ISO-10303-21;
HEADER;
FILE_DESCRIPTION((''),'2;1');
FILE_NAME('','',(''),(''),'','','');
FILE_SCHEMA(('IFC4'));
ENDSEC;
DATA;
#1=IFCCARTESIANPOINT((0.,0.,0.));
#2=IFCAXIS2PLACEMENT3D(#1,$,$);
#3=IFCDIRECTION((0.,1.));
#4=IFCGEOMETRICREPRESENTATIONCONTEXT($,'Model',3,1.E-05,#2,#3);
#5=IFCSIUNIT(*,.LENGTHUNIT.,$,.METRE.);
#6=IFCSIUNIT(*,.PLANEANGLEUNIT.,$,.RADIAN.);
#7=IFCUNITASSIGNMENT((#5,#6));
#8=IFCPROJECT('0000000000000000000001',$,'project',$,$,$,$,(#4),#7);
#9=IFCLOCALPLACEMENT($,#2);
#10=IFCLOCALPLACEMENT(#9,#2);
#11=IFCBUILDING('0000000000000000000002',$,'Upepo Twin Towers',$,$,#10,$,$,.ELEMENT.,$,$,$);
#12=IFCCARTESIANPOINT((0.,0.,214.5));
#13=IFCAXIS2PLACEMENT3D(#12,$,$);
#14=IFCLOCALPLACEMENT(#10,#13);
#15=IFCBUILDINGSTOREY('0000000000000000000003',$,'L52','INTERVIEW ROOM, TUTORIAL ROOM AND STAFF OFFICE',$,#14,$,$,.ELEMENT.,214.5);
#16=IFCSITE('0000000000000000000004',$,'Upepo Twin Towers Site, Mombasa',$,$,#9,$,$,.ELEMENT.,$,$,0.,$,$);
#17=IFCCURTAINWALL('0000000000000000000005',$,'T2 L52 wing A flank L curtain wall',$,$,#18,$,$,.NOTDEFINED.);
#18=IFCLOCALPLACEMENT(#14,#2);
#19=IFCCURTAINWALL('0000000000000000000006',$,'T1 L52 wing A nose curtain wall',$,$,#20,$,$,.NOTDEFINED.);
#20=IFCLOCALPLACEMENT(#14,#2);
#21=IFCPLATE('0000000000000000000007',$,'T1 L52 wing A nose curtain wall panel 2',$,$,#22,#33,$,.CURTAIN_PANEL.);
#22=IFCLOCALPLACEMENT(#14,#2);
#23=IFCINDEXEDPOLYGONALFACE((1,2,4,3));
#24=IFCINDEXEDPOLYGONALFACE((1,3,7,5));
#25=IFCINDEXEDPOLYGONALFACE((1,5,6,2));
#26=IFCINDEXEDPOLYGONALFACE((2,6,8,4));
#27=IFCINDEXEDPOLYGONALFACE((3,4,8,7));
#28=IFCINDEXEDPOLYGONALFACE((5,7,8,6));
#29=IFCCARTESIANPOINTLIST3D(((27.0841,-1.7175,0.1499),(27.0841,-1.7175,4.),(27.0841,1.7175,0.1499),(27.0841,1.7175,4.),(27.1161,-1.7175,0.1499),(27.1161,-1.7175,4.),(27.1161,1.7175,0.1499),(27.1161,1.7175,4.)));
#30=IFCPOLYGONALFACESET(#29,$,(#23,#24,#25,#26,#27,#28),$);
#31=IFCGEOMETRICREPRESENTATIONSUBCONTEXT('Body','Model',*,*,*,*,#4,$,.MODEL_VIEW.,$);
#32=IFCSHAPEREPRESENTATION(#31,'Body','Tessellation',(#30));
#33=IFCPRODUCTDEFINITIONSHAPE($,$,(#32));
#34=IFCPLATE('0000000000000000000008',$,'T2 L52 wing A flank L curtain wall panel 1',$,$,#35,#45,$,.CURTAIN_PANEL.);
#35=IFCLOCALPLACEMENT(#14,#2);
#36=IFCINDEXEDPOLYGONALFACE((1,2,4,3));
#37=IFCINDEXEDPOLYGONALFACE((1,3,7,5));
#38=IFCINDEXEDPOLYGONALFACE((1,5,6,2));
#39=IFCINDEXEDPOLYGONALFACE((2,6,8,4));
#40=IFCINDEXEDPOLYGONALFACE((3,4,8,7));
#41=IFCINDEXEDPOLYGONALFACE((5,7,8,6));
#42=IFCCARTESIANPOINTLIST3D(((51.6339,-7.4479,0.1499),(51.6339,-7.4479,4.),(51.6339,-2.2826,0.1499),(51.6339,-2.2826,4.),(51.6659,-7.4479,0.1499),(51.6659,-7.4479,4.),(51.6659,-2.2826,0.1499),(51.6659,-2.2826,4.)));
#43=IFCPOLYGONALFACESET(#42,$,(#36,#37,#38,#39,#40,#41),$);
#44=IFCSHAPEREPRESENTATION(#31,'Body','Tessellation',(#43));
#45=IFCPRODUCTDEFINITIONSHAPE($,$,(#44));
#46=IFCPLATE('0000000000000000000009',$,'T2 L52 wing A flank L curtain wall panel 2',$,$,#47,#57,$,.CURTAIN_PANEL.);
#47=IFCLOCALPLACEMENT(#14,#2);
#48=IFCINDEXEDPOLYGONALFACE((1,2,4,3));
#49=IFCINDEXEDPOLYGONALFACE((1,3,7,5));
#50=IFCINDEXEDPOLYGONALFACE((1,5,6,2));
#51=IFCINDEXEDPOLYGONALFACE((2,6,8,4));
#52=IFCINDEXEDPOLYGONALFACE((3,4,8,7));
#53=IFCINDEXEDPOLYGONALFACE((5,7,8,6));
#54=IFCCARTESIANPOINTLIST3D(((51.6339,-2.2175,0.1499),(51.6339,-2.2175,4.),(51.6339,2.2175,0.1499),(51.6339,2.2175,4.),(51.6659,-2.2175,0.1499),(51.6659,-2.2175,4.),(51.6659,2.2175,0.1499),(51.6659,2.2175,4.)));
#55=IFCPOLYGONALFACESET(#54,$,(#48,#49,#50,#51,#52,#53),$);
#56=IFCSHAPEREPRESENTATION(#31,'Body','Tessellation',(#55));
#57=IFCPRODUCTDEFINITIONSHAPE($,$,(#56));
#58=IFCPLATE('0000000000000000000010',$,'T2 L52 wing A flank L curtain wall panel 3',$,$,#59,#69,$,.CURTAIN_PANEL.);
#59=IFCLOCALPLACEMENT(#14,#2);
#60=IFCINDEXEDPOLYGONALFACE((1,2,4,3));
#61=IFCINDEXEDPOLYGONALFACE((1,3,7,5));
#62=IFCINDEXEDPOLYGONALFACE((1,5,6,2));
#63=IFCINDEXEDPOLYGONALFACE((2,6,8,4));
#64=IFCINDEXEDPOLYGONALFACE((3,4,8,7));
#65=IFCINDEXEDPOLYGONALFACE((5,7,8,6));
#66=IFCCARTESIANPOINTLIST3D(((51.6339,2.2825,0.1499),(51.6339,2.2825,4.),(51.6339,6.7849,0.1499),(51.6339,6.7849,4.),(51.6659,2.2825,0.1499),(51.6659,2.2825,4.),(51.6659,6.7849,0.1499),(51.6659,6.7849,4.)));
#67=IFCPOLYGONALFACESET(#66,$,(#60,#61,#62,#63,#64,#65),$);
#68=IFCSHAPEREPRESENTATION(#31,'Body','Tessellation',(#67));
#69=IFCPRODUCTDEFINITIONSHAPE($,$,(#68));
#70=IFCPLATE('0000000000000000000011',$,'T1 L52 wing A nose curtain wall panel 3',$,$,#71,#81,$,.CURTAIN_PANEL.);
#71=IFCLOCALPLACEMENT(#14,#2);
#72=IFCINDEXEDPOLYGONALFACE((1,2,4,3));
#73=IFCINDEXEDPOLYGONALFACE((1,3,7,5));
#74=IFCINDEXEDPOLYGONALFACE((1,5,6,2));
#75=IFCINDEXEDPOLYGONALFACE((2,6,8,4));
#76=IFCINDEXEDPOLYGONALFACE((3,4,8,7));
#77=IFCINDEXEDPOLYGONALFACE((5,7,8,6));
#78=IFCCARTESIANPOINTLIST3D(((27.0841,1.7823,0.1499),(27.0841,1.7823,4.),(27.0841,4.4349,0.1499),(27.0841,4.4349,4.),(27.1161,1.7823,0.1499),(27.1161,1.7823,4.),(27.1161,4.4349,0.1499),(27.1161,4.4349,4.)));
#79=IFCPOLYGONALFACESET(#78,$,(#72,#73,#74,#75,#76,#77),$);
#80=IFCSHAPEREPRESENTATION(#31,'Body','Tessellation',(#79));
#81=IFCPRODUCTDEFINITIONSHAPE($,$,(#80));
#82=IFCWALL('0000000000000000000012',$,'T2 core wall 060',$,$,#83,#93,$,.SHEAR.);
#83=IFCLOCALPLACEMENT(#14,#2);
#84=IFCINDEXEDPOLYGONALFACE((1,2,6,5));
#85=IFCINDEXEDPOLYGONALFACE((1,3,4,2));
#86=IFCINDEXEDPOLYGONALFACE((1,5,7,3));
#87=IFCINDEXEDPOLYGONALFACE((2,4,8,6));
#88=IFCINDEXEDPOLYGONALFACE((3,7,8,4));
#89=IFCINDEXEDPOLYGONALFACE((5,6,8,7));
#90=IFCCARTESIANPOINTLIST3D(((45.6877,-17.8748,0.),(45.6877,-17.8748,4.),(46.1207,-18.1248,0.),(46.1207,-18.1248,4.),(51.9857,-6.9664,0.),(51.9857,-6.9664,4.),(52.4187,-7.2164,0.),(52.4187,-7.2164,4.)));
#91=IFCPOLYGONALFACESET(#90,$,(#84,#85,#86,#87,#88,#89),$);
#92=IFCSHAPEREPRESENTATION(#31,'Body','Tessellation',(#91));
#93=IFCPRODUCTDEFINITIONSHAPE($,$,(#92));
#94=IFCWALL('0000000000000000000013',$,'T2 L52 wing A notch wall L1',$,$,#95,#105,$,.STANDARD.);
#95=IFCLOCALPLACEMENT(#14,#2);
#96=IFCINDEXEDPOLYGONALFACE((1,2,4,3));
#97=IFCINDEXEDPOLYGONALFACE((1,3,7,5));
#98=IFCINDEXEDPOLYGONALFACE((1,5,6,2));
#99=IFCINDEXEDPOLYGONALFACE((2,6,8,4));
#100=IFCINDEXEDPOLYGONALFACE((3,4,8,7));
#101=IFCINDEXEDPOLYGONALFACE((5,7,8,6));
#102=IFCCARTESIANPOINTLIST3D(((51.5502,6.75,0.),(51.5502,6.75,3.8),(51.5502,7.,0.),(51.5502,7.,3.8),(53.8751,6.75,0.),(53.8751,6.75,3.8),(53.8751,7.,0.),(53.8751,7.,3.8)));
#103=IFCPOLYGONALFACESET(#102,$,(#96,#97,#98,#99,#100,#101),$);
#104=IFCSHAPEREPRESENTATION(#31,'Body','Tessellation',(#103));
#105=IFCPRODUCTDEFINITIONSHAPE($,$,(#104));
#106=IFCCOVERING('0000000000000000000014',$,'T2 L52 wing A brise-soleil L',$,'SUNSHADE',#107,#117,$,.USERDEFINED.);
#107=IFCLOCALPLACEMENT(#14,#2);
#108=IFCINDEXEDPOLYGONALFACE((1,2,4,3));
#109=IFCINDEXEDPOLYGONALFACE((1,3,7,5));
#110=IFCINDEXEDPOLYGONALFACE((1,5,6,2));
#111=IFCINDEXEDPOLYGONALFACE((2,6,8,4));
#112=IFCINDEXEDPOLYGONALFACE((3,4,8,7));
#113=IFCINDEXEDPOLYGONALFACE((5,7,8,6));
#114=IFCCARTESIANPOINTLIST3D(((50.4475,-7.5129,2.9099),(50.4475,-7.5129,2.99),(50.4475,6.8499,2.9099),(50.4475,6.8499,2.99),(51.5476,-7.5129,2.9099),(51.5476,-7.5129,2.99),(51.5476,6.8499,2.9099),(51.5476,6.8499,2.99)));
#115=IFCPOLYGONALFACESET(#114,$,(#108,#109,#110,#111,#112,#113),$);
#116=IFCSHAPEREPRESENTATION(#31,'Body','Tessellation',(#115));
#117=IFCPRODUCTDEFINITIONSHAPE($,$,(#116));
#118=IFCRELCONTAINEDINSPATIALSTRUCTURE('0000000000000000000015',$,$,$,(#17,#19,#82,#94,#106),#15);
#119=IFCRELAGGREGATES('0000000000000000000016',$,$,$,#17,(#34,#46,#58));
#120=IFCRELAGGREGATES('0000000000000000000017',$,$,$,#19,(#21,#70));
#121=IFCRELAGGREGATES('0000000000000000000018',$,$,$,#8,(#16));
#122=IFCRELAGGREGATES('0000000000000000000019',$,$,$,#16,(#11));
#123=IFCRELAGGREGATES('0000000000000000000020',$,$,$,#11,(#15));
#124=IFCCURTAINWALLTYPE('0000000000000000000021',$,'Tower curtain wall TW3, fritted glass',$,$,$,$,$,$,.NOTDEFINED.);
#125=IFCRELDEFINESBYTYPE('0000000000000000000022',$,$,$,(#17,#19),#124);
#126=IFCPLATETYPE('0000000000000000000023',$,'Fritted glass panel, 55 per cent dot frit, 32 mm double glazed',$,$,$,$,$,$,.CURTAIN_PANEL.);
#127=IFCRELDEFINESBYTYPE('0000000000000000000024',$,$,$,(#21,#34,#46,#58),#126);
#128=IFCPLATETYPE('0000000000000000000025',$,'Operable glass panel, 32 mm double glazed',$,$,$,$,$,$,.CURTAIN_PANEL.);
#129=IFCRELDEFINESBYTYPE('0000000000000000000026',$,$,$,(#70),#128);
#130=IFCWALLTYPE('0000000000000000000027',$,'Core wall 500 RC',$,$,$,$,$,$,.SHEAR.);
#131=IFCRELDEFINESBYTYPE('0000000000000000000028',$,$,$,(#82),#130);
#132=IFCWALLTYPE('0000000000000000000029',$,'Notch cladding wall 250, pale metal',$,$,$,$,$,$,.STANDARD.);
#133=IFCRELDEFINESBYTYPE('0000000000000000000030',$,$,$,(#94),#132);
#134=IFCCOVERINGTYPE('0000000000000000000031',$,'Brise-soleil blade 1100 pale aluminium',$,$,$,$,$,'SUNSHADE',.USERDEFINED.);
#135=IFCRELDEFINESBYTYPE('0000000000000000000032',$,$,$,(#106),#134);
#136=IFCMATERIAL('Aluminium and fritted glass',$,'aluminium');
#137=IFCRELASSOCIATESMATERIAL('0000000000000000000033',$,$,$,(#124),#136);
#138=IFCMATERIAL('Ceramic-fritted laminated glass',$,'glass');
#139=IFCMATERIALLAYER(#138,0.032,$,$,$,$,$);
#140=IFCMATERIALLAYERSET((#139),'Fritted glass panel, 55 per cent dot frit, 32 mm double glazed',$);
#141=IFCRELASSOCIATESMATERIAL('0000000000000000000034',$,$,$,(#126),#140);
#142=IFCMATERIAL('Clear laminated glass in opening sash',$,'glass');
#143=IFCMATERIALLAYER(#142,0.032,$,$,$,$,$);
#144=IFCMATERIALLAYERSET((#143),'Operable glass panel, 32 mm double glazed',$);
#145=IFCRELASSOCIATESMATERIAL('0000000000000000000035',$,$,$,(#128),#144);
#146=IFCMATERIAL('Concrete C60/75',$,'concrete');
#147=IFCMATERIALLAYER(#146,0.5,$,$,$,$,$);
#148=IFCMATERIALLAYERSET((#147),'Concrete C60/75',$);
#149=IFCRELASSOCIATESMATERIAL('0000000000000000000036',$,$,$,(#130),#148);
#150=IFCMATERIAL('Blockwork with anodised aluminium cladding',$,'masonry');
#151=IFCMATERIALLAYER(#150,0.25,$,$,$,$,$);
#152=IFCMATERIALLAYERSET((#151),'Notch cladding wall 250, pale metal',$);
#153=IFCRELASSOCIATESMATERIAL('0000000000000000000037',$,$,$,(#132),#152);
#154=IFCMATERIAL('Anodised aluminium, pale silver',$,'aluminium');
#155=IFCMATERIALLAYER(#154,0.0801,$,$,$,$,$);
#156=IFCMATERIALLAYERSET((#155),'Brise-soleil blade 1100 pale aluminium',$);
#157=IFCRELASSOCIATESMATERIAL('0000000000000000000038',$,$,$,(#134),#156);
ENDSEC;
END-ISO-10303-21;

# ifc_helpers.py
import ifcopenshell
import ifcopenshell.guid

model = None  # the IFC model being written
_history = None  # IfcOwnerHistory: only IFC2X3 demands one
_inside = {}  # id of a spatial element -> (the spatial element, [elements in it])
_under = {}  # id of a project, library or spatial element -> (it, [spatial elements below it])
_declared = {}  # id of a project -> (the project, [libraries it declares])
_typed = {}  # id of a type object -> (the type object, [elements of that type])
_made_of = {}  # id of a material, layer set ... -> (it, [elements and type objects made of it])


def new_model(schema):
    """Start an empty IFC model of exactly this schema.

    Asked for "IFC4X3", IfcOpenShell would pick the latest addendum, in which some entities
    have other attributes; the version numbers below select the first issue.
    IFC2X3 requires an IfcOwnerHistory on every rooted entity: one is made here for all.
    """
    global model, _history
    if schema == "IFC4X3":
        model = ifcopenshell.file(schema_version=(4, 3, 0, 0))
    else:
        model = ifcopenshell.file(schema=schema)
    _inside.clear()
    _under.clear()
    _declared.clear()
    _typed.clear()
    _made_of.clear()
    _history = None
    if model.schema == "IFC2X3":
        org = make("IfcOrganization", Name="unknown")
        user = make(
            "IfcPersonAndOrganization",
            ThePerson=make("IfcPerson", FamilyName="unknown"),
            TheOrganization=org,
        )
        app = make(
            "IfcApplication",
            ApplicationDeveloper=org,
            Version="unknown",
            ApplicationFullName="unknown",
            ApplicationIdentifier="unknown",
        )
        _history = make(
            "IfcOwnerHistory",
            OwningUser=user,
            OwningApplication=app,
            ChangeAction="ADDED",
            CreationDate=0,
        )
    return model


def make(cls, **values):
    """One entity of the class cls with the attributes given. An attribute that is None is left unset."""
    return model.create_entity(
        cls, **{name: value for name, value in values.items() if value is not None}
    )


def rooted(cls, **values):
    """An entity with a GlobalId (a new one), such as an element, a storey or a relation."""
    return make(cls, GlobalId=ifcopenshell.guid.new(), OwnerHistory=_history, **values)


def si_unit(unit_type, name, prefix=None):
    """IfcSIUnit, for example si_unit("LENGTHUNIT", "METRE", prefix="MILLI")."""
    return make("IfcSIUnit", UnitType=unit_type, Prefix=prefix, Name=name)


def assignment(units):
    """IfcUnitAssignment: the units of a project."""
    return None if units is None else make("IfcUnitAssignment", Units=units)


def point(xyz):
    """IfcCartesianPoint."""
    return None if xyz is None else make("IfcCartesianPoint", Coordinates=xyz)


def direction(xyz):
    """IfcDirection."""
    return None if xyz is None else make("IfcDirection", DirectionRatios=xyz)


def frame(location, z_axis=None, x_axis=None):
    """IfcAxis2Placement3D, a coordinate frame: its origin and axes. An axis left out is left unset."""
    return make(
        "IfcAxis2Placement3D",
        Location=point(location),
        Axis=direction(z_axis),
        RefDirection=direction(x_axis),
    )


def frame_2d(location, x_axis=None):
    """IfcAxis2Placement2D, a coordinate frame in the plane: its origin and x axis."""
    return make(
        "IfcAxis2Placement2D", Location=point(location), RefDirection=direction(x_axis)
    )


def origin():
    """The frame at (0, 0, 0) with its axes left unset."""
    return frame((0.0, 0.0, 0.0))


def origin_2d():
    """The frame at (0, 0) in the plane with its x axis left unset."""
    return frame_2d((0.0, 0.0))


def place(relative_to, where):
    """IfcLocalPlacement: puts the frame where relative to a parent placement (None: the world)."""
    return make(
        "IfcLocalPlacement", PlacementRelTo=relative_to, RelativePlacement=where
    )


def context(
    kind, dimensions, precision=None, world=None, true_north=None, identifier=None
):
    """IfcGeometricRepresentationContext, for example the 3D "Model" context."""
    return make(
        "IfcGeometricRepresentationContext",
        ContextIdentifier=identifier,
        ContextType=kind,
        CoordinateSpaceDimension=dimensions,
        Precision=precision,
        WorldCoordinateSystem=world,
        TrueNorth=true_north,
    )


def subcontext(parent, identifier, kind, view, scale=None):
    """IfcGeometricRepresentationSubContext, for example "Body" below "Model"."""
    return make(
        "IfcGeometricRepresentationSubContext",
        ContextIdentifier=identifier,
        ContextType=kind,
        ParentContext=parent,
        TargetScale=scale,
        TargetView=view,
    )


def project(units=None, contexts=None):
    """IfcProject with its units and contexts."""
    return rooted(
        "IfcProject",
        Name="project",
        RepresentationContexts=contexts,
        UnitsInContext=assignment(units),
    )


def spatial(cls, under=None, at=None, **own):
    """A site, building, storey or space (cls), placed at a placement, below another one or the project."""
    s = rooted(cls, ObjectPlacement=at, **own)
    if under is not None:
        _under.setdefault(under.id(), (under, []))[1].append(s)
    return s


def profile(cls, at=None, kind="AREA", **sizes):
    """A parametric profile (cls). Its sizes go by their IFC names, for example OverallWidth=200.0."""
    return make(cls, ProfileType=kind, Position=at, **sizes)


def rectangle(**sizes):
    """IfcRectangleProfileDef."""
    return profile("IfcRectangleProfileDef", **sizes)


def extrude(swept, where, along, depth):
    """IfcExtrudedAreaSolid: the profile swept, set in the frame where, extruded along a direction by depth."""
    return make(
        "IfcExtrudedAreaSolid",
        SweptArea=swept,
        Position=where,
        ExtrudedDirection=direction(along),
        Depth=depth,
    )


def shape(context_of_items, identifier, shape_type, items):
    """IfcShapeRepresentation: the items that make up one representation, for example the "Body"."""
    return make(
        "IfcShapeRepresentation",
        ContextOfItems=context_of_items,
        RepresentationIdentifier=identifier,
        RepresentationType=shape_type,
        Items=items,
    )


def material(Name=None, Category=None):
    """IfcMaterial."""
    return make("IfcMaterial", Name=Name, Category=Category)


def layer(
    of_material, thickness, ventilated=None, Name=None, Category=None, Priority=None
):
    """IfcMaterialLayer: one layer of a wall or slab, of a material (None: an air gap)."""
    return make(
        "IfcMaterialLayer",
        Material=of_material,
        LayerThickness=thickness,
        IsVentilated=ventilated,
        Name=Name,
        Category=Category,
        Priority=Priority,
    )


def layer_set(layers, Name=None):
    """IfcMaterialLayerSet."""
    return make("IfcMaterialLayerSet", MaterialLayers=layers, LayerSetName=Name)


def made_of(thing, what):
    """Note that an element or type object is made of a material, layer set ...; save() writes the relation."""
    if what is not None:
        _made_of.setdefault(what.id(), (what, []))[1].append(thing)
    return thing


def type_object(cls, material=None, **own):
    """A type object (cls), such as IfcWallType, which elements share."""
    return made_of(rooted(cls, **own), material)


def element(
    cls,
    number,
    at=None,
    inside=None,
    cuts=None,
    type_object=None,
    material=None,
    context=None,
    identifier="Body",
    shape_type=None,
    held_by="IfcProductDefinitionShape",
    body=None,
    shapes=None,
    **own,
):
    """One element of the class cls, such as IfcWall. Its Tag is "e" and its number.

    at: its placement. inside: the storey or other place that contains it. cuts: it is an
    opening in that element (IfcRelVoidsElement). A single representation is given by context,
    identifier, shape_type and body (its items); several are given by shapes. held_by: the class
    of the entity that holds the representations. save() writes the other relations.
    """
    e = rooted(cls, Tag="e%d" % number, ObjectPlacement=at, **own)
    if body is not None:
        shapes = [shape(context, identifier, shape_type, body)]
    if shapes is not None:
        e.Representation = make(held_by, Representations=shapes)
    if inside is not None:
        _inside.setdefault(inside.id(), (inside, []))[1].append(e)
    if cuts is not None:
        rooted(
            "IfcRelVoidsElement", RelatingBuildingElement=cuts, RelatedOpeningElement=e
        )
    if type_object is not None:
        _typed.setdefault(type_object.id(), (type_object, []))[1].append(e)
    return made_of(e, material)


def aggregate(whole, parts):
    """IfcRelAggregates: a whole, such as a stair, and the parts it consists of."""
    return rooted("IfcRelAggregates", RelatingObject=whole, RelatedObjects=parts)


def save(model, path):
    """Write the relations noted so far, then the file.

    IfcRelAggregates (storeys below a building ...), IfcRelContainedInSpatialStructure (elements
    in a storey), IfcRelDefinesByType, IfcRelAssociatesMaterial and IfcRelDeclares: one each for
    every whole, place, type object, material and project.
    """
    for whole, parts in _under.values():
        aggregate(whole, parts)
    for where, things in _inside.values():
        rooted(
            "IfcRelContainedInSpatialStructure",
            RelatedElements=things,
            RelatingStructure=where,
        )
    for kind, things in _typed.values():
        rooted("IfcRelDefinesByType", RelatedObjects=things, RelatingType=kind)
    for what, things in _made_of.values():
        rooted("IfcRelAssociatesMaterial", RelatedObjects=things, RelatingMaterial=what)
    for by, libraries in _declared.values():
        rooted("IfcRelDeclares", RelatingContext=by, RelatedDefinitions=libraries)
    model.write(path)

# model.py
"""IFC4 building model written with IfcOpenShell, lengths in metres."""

from ifc_helpers import new_model, si_unit, direction, frame, frame_2d, origin, origin_2d, place, context, subcontext, project, spatial, rectangle, extrude, material, layer, layer_set, type_object, element, aggregate, save


model = new_model("IFC4")

# Units and contexts
model_context = context("Model", 3, precision=1e-05, world=origin(), true_north=direction((0.0, 1.0)))
body_context = subcontext(model_context, "Body", "Model", "MODEL_VIEW")
ifc_project = project(units=[si_unit("LENGTHUNIT", "METRE"), si_unit("PLANEANGLEUNIT", "RADIAN")], contexts=[model_context])

# Site, building, storey
site_placement = place(None, origin())
site = spatial("IfcSite", under=ifc_project, at=site_placement, Name="Upepo Twin Towers Site, Mombasa", CompositionType="ELEMENT", RefElevation=0.0)
building_placement = place(site_placement, origin())
building = spatial("IfcBuilding", under=site, at=building_placement, Name="Upepo Twin Towers", CompositionType="ELEMENT")
storey_placement = place(building_placement, frame((0.0, 0.0, 214.5)))
storey = spatial("IfcBuildingStorey", under=building, at=storey_placement, Name="L52", Description="INTERVIEW ROOM, TUTORIAL ROOM AND STAFF OFFICE", CompositionType="ELEMENT", Elevation=214.5)

# Curtain wall
ifc_material_1 = material(Name="Aluminium and fritted glass", Category="aluminium")
curtain_wall_type = type_object("IfcCurtainWallType", Name="Tower curtain wall TW3, fritted glass", PredefinedType="NOTDEFINED", material=ifc_material_1)
curtain_wall_1_placement = place(storey_placement, origin())
curtain_wall_1 = element("IfcCurtainWall", 1, at=curtain_wall_1_placement, inside=storey, type_object=curtain_wall_type, Name="T2 L52 wing A flank L curtain wall", PredefinedType="NOTDEFINED")

# Curtain wall
curtain_wall_2_placement = place(storey_placement, origin())
curtain_wall_2 = element("IfcCurtainWall", 2, at=curtain_wall_2_placement, inside=storey, type_object=curtain_wall_type, Name="T1 L52 wing A nose curtain wall", PredefinedType="NOTDEFINED")

# Plates
ifc_material_2 = material(Name="Ceramic-fritted laminated glass", Category="glass")
ifc_layer_1 = layer(ifc_material_2, 0.032)
ifc_layer_set_1 = layer_set([ifc_layer_1], Name="Fritted glass panel, 55 per cent dot frit, 32 mm double glazed")
plate_type_1 = type_object("IfcPlateType", Name="Fritted glass panel, 55 per cent dot frit, 32 mm double glazed", PredefinedType="CURTAIN_PANEL", material=ifc_layer_set_1)
plate_1_placement = place(storey_placement, frame((27.1001, 0.0, 0.1499), z_axis=(0.0, 0.0, 1.0), x_axis=(0.0, 1.0, 0.0)))
plate_1 = element("IfcPlate", 3, at=plate_1_placement, type_object=plate_type_1, Name="T1 L52 wing A nose curtain wall panel 2", PredefinedType="CURTAIN_PANEL", context=body_context, shape_type="SweptSolid", body=[
    extrude(rectangle(XDim=3.4351, YDim=0.032, at=origin_2d()), origin(), (0.0, 0.0, 1.0), 3.8501),
])
plate_2_placement = place(storey_placement, frame((51.6499, -4.8652, 0.1499), z_axis=(0.0, 0.0, 1.0), x_axis=(0.0, 1.0, 0.0)))
plate_2 = element("IfcPlate", 4, at=plate_2_placement, type_object=plate_type_1, Name="T2 L52 wing A flank L curtain wall panel 1", PredefinedType="CURTAIN_PANEL", context=body_context, shape_type="SweptSolid", body=[
    extrude(rectangle(XDim=5.1653, YDim=0.032, at=origin_2d()), origin(), (0.0, 0.0, 1.0), 3.8501),
])
plate_3_placement = place(storey_placement, frame((51.6499, 0.0, 0.1499), z_axis=(0.0, 0.0, 1.0), x_axis=(0.0, 1.0, 0.0)))
plate_3 = element("IfcPlate", 5, at=plate_3_placement, type_object=plate_type_1, Name="T2 L52 wing A flank L curtain wall panel 2", PredefinedType="CURTAIN_PANEL", context=body_context, shape_type="SweptSolid", body=[
    extrude(rectangle(XDim=4.4351, YDim=0.032, at=origin_2d()), origin(), (0.0, 0.0, 1.0), 3.8501),
])
plate_4_placement = place(storey_placement, frame((51.6499, 4.5337, 0.1499), z_axis=(0.0, 0.0, 1.0), x_axis=(0.0, 1.0, 0.0)))
plate_4 = element("IfcPlate", 6, at=plate_4_placement, type_object=plate_type_1, Name="T2 L52 wing A flank L curtain wall panel 3", PredefinedType="CURTAIN_PANEL", context=body_context, shape_type="SweptSolid", body=[
    extrude(rectangle(XDim=4.5024, YDim=0.032, at=origin_2d()), origin(), (0.0, 0.0, 1.0), 3.8501),
])
aggregate(curtain_wall_1, [plate_2, plate_3, plate_4])
ifc_material_3 = material(Name="Clear laminated glass in opening sash", Category="glass")
ifc_layer_2 = layer(ifc_material_3, 0.032)
ifc_layer_set_2 = layer_set([ifc_layer_2], Name="Operable glass panel, 32 mm double glazed")
plate_type_2 = type_object("IfcPlateType", Name="Operable glass panel, 32 mm double glazed", PredefinedType="CURTAIN_PANEL", material=ifc_layer_set_2)
plate_5_placement = place(storey_placement, frame((27.1001, 3.1086, 0.1499), z_axis=(0.0, 0.0, 1.0), x_axis=(0.0, 1.0, 0.0)))
plate_5 = element("IfcPlate", 7, at=plate_5_placement, type_object=plate_type_2, Name="T1 L52 wing A nose curtain wall panel 3", PredefinedType="CURTAIN_PANEL", context=body_context, shape_type="SweptSolid", body=[
    extrude(rectangle(XDim=2.6526, YDim=0.032, at=origin_2d()), origin(), (0.0, 0.0, 1.0), 3.8501),
])
aggregate(curtain_wall_2, [plate_1, plate_5])

# Walls
ifc_material_4 = material(Name="Concrete C60/75", Category="concrete")
ifc_layer_3 = layer(ifc_material_4, 0.5)
ifc_layer_set_3 = layer_set([ifc_layer_3], Name="Concrete C60/75")
wall_type_1 = type_object("IfcWallType", Name="Core wall 500 RC", PredefinedType="SHEAR", material=ifc_layer_set_3)
wall_1_placement = place(storey_placement, frame((52.2021, -7.0916, 0.0), z_axis=(0.0, 0.0, 1.0), x_axis=(-0.500006, -0.866022, 0.0)))
element("IfcWall", 8, at=wall_1_placement, inside=storey, type_object=wall_type_1, Name="T2 core wall 060", PredefinedType="SHEAR", context=body_context, shape_type="SweptSolid", body=[
    extrude(rectangle(XDim=12.5959, YDim=0.5, at=frame_2d((6.2979, 0.0))), origin(), (0.0, 0.0, 1.0), 4.0),
])
ifc_material_5 = material(Name="Blockwork with anodised aluminium cladding", Category="masonry")
ifc_layer_4 = layer(ifc_material_5, 0.25)
ifc_layer_set_4 = layer_set([ifc_layer_4], Name="Notch cladding wall 250, pale metal")
wall_type_2 = type_object("IfcWallType", Name="Notch cladding wall 250, pale metal", PredefinedType="STANDARD", material=ifc_layer_set_4)
wall_2_placement = place(storey_placement, frame((51.55, 6.875, 0.0), z_axis=(0.0, 0.0, 1.0), x_axis=(1.0, 0.0, 0.0)))
element("IfcWall", 9, at=wall_2_placement, inside=storey, type_object=wall_type_2, Name="T2 L52 wing A notch wall L1", PredefinedType="STANDARD", context=body_context, shape_type="SweptSolid", body=[
    extrude(rectangle(XDim=2.325, YDim=0.25, at=frame_2d((1.1626, 0.0))), origin(), (0.0, 0.0, 1.0), 3.8),
])

# Covering
ifc_material_6 = material(Name="Anodised aluminium, pale silver", Category="aluminium")
ifc_layer_5 = layer(ifc_material_6, 0.0801)
ifc_layer_set_5 = layer_set([ifc_layer_5], Name="Brise-soleil blade 1100 pale aluminium")
covering_type = type_object("IfcCoveringType", Name="Brise-soleil blade 1100 pale aluminium", ElementType="SUNSHADE", PredefinedType="USERDEFINED", material=ifc_layer_set_5)
covering_placement = place(storey_placement, frame((50.9976, -0.3315, 2.9099), z_axis=(0.0, 0.0, 1.0), x_axis=(0.0, 1.0, 0.0)))
element("IfcCovering", 10, at=covering_placement, inside=storey, type_object=covering_type, Name="T2 L52 wing A brise-soleil L", ObjectType="SUNSHADE", PredefinedType="USERDEFINED", context=body_context, shape_type="SweptSolid", body=[
    extrude(rectangle(XDim=14.3628, YDim=1.1001, at=origin_2d()), origin(), (0.0, 0.0, 1.0), 0.0801),
])

save(model, "model.ifc")
